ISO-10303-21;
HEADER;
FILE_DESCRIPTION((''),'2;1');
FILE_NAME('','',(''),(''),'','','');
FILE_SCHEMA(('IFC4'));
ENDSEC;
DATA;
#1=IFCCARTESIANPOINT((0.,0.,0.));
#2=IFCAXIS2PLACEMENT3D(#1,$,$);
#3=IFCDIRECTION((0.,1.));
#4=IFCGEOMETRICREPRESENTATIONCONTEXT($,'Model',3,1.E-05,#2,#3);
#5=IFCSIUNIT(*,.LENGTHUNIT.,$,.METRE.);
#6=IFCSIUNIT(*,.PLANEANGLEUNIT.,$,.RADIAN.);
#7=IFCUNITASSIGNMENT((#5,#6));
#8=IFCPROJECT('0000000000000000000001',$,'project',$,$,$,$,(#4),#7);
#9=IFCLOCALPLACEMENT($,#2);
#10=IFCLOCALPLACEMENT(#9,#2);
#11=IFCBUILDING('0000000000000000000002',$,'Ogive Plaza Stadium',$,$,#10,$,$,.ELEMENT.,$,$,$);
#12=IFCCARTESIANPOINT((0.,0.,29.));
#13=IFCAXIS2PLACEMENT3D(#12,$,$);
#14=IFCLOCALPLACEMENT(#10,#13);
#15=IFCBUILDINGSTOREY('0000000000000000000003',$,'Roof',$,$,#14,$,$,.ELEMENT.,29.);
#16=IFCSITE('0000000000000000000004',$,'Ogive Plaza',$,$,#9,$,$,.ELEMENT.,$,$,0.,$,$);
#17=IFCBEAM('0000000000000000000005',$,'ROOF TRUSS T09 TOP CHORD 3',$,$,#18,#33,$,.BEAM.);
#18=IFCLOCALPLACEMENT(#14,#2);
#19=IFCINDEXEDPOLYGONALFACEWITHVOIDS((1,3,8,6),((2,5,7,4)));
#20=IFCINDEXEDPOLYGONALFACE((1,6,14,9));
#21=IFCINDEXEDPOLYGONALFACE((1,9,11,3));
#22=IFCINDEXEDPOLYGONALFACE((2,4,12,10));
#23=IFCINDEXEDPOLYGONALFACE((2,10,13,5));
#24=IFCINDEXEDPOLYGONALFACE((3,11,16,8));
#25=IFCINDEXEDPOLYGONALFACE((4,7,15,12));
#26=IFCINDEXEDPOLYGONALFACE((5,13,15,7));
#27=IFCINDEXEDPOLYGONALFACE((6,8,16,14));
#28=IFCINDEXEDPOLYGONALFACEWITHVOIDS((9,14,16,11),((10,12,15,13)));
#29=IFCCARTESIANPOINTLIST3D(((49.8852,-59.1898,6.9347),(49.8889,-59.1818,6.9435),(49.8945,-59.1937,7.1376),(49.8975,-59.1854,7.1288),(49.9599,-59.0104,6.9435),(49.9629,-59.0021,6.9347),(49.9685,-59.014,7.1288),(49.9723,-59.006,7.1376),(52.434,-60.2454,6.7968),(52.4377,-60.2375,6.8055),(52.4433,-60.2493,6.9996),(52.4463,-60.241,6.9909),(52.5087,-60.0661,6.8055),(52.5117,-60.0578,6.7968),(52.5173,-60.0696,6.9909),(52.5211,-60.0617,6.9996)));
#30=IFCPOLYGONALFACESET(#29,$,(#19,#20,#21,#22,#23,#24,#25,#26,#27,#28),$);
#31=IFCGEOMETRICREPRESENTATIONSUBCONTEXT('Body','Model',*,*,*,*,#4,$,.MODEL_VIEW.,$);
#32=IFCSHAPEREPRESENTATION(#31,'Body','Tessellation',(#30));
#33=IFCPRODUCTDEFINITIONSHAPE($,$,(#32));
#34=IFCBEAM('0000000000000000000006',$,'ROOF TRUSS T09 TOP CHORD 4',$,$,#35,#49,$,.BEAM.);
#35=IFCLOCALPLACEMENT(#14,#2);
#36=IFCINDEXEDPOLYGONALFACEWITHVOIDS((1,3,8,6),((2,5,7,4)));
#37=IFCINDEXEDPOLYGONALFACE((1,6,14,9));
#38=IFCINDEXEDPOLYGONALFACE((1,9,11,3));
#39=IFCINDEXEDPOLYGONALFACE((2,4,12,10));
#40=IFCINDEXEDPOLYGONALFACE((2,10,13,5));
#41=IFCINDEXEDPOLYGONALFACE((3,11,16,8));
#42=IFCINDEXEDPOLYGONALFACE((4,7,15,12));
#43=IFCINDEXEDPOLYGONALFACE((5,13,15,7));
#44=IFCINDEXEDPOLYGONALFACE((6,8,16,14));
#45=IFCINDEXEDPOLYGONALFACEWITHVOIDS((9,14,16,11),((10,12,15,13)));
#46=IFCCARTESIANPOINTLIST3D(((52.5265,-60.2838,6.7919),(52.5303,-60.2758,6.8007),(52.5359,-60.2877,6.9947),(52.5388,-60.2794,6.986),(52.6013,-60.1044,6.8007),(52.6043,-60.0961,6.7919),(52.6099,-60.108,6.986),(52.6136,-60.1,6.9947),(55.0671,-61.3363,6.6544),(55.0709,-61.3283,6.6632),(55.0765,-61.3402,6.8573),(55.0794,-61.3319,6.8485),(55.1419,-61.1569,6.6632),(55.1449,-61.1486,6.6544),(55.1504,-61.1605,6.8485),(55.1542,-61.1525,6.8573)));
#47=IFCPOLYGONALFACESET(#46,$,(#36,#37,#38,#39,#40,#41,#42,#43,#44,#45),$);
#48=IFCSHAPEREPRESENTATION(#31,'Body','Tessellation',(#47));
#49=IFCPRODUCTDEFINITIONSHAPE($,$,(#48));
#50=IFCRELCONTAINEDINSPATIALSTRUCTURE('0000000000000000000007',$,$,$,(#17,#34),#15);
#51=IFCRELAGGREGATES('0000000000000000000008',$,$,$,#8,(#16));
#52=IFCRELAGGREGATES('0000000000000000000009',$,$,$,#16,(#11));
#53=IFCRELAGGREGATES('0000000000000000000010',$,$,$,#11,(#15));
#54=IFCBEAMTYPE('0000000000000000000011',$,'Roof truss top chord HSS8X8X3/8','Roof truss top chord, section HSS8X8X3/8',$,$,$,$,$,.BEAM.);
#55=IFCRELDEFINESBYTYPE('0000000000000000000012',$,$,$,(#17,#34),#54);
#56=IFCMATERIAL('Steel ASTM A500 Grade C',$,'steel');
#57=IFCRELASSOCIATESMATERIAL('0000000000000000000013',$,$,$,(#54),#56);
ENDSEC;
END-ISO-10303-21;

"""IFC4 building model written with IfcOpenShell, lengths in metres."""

from ifc_helpers import new_model, si_unit, direction, frame, origin, origin_2d, place, context, subcontext, project, spatial, hollow_rectangle, extrude, material, material_profile, profile_set, type_object, element, save


model = new_model("IFC4")

# Units and contexts
model_context = context("Model", 3, precision=1e-05, world=origin(), true_north=direction((0.0, 1.0)))
body_context = subcontext(model_context, "Body", "Model", "MODEL_VIEW")
ifc_project = project(units=[si_unit("LENGTHUNIT", "METRE"), si_unit("PLANEANGLEUNIT", "RADIAN")], contexts=[model_context])

# Site, building, storey
site_placement = place(None, origin())
site = spatial("IfcSite", under=ifc_project, at=site_placement, Name="Ogive Plaza", CompositionType="ELEMENT", RefElevation=0.0)
building_placement = place(site_placement, origin())
building = spatial("IfcBuilding", under=site, at=building_placement, Name="Ogive Plaza Stadium", CompositionType="ELEMENT")
storey_placement = place(building_placement, frame((0.0, 0.0, 29.0)))
storey = spatial("IfcBuildingStorey", under=building, at=storey_placement, Name="Roof", CompositionType="ELEMENT", Elevation=29.0)

# Beams
ifc_material_1 = material(Name="Steel ASTM A500 Grade C", Category="steel")
ifc_material_profile_1 = material_profile(ifc_material_1, hollow_rectangle(XDim=0.2031, YDim=0.2031, WallThickness=0.0088, at=origin_2d()), Name="HSS8X8X3/8")
ifc_profile_set_1 = profile_set([ifc_material_profile_1], Name="Steel ASTM A500 Grade C")
beam_type_1 = type_object("IfcBeamType", Name="Roof truss top chord HSS8X8X3/8", Description="Roof truss top chord, section HSS8X8X3/8", PredefinedType="BEAM", material=ifc_profile_set_1)
beam_1_placement = place(storey_placement, frame((49.9287, -59.0979, 7.0361), z_axis=(0.922739, -0.382177, -0.049938), x_axis=(0.382654, 0.923892, 0.0)))
element("IfcBeam", 1, at=beam_1_placement, inside=storey, type_object=beam_type_1, Name="ROOF TRUSS T09 TOP CHORD 3", PredefinedType="BEAM", context=body_context, shape_type="SweptSolid", body=[
    extrude(hollow_rectangle(XDim=0.2031, YDim=0.2031, WallThickness=0.0088, at=origin_2d()), origin(), (0.0, 0.0, 1.0), 2.7622),
])
beam_2_placement = place(storey_placement, frame((52.5701, -60.1919, 6.8933), z_axis=(0.922706, -0.382259, -0.049922), x_axis=(0.382736, 0.923858, 0.0)))
element("IfcBeam", 2, at=beam_2_placement, inside=storey, type_object=beam_type_1, Name="ROOF TRUSS T09 TOP CHORD 4", PredefinedType="BEAM", context=body_context, shape_type="SweptSolid", body=[
    extrude(hollow_rectangle(XDim=0.2031, YDim=0.2031, WallThickness=0.0088, at=origin_2d()), origin(), (0.0, 0.0, 1.0), 2.7534),
])

save(model, "model.ifc")
